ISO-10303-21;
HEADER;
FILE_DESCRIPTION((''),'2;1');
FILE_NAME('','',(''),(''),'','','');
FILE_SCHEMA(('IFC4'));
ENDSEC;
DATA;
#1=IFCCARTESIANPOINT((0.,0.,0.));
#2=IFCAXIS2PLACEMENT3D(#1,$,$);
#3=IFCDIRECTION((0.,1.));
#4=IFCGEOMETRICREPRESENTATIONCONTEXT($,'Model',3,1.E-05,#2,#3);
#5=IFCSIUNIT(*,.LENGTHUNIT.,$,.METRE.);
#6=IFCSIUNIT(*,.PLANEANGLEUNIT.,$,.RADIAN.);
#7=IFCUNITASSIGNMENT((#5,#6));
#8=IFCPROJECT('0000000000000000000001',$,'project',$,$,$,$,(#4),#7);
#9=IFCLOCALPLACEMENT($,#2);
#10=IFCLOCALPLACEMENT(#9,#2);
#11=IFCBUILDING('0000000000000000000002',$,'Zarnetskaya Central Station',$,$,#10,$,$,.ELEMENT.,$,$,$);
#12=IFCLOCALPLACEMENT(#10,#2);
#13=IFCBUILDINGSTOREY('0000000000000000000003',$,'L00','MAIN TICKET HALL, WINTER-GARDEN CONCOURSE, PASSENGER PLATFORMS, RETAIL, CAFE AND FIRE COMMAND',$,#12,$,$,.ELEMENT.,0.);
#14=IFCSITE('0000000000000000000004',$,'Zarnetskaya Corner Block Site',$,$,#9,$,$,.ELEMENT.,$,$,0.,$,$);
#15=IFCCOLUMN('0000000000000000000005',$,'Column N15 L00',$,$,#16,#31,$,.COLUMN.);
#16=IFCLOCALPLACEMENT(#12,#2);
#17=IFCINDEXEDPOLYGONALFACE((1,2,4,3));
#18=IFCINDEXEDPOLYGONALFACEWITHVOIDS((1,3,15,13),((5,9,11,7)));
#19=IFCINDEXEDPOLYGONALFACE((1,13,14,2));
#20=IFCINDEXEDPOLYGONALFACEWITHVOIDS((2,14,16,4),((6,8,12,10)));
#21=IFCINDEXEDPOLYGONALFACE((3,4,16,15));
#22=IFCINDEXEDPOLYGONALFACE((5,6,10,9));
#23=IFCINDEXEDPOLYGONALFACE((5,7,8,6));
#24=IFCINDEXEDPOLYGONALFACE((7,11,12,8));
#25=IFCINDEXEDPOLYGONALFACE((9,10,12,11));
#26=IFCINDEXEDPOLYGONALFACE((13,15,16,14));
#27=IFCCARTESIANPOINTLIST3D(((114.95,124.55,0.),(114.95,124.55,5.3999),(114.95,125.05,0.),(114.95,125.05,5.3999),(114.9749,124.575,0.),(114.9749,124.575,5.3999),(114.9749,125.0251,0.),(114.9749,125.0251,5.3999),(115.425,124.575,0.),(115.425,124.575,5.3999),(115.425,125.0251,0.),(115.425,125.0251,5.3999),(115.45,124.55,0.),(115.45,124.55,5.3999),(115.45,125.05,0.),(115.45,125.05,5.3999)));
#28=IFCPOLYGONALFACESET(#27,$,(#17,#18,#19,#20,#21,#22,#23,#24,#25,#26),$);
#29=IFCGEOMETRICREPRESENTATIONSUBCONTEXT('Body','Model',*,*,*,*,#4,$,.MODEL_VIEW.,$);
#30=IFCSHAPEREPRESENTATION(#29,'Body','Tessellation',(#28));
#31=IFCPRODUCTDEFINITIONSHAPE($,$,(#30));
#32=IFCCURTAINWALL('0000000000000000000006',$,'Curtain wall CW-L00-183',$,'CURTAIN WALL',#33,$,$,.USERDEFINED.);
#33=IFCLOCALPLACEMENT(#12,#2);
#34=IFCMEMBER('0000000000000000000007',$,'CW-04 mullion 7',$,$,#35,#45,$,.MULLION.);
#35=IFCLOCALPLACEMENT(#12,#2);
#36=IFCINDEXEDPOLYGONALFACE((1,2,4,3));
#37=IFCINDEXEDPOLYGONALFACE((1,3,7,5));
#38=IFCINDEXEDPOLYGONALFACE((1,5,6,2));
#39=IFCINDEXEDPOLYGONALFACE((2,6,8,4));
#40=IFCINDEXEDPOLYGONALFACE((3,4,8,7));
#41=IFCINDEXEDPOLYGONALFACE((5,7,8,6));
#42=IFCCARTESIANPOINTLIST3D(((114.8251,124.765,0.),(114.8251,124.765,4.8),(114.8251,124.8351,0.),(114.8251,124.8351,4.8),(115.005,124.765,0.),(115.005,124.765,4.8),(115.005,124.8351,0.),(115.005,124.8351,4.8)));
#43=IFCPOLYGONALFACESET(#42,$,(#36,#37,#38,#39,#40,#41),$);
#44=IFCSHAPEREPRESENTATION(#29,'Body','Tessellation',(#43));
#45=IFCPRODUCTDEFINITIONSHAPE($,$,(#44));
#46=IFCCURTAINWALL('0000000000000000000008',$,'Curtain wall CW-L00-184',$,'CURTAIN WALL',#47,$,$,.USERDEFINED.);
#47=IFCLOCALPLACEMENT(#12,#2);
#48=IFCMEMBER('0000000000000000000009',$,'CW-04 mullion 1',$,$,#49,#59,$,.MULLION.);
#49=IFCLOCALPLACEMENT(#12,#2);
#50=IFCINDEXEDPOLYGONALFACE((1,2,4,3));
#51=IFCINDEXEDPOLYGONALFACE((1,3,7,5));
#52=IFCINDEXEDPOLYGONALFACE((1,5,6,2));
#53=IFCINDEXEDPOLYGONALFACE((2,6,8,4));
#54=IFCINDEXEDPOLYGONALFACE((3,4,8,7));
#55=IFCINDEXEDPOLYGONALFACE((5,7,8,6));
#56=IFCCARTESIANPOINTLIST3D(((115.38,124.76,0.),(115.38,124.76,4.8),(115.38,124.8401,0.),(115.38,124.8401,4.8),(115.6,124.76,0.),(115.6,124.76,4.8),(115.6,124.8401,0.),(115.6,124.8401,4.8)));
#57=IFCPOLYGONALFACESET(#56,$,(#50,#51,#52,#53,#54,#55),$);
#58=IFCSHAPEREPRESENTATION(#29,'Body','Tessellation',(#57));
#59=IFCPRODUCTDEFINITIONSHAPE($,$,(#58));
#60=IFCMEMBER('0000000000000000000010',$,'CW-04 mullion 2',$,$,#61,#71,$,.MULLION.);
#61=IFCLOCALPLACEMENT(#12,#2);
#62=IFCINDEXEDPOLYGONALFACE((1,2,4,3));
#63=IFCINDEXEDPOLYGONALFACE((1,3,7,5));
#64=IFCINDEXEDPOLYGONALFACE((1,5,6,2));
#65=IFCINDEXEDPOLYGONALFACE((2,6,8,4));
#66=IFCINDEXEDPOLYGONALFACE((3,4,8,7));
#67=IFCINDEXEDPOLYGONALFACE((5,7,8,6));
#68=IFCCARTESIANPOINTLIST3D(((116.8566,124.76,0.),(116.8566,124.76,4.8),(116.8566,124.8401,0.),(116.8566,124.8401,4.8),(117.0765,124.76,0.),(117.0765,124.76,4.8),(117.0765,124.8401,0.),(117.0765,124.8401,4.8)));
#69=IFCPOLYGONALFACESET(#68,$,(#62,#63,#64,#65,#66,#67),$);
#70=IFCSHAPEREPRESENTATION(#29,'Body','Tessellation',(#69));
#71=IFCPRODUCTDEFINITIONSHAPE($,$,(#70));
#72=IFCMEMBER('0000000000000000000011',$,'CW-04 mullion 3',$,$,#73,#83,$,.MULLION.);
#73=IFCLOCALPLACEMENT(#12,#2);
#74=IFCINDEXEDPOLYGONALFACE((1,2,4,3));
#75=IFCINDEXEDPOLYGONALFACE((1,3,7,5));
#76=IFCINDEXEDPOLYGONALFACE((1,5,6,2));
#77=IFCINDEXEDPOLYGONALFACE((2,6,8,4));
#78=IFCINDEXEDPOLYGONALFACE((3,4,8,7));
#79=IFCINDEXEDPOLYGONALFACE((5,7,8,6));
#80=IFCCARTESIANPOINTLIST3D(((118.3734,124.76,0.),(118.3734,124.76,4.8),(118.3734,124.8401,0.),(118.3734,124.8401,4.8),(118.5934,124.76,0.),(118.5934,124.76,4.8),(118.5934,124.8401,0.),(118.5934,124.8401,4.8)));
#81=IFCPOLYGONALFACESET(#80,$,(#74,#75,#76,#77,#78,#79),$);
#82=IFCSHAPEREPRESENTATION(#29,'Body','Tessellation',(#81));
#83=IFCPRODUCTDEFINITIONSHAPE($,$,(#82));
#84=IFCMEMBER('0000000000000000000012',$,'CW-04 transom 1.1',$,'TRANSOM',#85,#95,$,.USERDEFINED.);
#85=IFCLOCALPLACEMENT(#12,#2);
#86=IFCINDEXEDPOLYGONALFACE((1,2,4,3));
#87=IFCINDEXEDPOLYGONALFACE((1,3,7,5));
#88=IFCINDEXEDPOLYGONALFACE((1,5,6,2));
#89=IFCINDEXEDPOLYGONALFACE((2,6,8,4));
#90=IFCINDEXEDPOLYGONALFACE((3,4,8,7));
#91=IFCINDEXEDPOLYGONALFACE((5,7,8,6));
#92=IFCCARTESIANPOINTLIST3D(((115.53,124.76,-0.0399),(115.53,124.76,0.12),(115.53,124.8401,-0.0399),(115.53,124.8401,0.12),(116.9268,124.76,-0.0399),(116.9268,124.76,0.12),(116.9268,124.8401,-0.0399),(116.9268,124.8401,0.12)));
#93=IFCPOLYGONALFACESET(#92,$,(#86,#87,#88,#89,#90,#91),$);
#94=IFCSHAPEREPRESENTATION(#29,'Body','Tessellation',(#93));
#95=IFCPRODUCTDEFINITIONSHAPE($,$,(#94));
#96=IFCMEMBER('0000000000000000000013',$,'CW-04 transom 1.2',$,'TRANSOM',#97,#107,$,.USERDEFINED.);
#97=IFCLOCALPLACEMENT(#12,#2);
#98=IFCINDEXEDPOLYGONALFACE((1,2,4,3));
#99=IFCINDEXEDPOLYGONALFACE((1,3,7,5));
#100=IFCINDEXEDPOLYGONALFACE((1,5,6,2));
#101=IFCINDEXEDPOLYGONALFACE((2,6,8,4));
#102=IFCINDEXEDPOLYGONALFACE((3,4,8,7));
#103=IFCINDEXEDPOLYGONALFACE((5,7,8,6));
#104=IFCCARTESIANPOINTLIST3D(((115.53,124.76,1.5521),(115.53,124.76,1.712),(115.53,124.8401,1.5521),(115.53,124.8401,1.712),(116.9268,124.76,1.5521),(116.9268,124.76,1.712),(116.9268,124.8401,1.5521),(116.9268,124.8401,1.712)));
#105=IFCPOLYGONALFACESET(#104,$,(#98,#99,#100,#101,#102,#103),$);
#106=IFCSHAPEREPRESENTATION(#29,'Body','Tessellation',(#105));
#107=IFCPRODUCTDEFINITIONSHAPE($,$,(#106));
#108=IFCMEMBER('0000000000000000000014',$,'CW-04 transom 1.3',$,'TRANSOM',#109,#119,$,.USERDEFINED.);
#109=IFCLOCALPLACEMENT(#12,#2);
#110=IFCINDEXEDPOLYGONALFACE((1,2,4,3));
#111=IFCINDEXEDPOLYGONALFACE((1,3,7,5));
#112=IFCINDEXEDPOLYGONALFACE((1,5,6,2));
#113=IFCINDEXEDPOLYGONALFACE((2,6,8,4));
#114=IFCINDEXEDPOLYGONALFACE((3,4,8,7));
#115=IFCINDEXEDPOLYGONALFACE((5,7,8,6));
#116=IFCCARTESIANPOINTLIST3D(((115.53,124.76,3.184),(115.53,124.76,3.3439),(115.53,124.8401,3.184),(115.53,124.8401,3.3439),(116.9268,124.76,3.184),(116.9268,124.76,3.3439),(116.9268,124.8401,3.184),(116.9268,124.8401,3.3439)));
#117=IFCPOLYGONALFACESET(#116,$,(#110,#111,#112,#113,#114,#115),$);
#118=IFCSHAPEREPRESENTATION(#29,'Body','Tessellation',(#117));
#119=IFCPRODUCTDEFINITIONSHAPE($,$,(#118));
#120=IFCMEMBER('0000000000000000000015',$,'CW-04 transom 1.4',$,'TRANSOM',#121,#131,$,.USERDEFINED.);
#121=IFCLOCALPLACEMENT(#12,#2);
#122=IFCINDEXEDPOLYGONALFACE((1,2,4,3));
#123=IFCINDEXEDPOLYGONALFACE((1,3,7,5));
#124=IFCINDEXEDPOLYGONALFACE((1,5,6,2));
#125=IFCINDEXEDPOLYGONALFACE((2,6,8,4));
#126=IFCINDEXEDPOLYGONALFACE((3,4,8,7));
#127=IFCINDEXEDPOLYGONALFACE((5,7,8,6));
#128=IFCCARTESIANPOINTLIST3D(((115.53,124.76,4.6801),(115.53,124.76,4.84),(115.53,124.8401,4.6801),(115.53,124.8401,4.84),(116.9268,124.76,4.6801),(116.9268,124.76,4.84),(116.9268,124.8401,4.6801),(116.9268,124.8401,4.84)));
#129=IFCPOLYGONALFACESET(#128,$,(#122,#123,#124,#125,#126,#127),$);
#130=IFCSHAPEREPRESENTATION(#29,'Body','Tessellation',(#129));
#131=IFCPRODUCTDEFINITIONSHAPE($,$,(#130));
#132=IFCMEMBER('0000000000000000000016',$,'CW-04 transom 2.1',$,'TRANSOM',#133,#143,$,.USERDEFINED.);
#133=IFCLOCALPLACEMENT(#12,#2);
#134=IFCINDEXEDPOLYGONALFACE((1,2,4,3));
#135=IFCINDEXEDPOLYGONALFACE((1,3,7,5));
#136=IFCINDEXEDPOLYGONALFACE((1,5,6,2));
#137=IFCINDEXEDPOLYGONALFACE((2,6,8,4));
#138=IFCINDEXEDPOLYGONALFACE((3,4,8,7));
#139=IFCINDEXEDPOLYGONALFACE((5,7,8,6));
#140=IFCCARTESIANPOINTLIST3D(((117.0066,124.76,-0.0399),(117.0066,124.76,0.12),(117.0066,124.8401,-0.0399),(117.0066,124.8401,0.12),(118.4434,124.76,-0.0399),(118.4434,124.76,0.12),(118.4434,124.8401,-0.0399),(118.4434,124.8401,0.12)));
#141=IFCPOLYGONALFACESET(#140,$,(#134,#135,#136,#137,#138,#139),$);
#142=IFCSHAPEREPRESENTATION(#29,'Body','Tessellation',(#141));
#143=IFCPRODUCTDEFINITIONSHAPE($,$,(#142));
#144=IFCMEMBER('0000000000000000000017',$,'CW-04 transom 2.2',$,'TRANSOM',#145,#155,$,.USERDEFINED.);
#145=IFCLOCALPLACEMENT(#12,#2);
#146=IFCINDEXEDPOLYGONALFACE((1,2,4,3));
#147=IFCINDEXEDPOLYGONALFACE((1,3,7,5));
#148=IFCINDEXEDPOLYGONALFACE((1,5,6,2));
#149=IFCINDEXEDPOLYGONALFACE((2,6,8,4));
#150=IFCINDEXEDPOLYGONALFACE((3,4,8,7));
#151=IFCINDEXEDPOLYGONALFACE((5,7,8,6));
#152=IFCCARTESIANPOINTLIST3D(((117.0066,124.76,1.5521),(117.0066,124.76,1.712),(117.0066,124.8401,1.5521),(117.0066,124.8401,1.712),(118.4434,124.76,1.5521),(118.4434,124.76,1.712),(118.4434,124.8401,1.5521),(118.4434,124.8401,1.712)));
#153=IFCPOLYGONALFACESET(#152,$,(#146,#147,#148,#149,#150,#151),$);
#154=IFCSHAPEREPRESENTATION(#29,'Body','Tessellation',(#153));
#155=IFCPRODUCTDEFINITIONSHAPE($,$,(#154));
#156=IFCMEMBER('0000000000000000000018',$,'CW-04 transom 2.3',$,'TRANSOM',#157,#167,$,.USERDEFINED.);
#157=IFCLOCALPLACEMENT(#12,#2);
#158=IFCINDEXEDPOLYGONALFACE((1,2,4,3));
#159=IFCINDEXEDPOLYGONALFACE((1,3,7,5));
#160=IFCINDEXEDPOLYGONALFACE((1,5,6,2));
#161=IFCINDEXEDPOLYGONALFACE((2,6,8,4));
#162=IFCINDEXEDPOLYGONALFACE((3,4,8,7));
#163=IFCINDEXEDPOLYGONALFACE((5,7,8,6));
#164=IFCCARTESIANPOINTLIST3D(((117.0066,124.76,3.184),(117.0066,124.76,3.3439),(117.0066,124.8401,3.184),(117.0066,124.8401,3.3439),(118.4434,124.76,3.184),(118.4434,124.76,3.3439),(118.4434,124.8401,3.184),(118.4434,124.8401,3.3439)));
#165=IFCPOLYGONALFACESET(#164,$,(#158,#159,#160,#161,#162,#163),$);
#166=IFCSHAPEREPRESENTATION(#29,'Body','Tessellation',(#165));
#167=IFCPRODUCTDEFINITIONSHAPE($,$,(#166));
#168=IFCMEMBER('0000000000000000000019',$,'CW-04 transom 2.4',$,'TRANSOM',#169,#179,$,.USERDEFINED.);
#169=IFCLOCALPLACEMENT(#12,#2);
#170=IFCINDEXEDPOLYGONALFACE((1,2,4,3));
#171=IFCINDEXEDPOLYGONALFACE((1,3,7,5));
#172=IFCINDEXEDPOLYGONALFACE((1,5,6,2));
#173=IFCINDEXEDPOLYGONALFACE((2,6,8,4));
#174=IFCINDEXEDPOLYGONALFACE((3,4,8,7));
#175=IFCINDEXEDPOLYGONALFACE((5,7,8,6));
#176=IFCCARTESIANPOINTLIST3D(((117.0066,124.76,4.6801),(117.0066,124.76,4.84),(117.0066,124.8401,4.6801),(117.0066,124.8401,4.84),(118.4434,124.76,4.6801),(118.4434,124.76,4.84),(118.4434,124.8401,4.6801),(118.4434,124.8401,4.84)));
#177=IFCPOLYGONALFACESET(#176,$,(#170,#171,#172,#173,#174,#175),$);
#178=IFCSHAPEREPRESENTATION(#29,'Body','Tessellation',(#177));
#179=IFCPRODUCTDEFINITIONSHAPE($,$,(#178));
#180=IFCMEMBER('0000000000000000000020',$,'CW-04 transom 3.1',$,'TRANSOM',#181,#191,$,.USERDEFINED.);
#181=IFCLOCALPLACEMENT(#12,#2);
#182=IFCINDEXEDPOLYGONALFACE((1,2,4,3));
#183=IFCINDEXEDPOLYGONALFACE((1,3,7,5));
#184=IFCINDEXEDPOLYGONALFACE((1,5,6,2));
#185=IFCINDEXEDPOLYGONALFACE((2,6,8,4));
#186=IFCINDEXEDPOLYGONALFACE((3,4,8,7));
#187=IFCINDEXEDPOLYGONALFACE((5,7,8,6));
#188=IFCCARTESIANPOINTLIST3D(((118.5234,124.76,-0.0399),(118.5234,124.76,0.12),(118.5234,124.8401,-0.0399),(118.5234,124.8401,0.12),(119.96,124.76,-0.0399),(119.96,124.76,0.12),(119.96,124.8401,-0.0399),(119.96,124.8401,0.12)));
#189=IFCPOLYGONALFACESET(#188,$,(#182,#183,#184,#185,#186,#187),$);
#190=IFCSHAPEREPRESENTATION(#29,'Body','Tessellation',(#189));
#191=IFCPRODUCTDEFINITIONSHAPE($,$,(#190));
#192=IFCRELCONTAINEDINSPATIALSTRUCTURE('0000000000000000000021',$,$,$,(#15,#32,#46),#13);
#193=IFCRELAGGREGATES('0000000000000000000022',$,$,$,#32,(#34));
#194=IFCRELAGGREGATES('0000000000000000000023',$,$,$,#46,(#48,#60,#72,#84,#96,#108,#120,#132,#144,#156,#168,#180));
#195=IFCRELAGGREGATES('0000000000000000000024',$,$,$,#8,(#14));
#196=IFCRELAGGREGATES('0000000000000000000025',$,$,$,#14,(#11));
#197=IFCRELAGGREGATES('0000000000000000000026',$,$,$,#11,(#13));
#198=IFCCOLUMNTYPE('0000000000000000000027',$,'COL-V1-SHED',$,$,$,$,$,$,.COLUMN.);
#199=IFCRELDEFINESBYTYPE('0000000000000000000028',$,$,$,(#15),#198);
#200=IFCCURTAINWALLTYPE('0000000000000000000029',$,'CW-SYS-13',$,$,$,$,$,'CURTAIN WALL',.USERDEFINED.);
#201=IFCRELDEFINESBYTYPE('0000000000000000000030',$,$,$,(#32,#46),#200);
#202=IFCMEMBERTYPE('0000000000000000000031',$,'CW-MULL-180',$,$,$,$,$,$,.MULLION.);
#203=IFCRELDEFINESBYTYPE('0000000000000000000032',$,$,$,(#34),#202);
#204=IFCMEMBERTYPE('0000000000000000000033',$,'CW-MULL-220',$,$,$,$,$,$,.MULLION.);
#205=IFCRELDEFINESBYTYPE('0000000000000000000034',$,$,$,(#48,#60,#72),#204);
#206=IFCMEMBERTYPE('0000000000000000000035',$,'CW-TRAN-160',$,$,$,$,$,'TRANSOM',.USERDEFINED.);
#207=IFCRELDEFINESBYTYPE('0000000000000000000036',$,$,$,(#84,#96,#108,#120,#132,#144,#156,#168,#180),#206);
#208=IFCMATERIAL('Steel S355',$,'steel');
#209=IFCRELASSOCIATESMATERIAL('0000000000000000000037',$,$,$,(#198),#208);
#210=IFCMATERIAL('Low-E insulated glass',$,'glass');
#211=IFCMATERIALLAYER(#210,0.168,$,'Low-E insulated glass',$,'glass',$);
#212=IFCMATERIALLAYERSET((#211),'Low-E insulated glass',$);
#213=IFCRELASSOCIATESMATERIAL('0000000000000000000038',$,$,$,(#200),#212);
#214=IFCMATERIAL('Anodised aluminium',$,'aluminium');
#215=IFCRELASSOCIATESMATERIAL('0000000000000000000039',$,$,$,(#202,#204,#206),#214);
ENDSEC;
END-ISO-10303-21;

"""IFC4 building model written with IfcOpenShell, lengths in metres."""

from ifc_helpers import new_model, si_unit, direction, frame, origin, origin_2d, place, context, subcontext, project, spatial, rectangle, hollow_rectangle, extrude, material, layer, layer_set, material_profile, profile_set, type_object, element, aggregate, save


model = new_model("IFC4")

# Units and contexts
model_context = context("Model", 3, precision=1e-05, world=origin(), true_north=direction((0.0, 1.0)))
body_context = subcontext(model_context, "Body", "Model", "MODEL_VIEW")
ifc_project = project(units=[si_unit("LENGTHUNIT", "METRE"), si_unit("PLANEANGLEUNIT", "RADIAN")], contexts=[model_context])

# Site, building, storey
site_placement = place(None, origin())
site = spatial("IfcSite", under=ifc_project, at=site_placement, Name="Zarnetskaya Corner Block Site", CompositionType="ELEMENT", RefElevation=0.0)
building_placement = place(site_placement, origin())
building = spatial("IfcBuilding", under=site, at=building_placement, Name="Zarnetskaya Central Station", CompositionType="ELEMENT")
storey_placement = place(building_placement, origin())
storey = spatial("IfcBuildingStorey", under=building, at=storey_placement, Name="L00", Description="MAIN TICKET HALL, WINTER-GARDEN CONCOURSE, PASSENGER PLATFORMS, RETAIL, CAFE AND FIRE COMMAND", CompositionType="ELEMENT", Elevation=0.0)

# Column
ifc_material_1 = material(Name="Steel S355", Category="steel")
ifc_material_profile_1 = material_profile(ifc_material_1, hollow_rectangle(XDim=0.5, YDim=0.5, WallThickness=0.0249, at=origin_2d()), Name="BOX 500x500x25")
ifc_profile_set_1 = profile_set([ifc_material_profile_1], Name="Steel S355")
column_type = type_object("IfcColumnType", Name="COL-V1-SHED", PredefinedType="COLUMN", material=ifc_profile_set_1)
column_placement = place(storey_placement, frame((115.2, 124.8, 0.0), z_axis=(0.0, 0.0, 1.0), x_axis=(1.0, 0.0, 0.0)))
element("IfcColumn", 1, at=column_placement, inside=storey, type_object=column_type, Name="Column N15 L00", PredefinedType="COLUMN", context=body_context, shape_type="SweptSolid", body=[
    extrude(hollow_rectangle(XDim=0.5, YDim=0.5, WallThickness=0.0249, at=origin_2d()), origin(), (0.0, 0.0, 1.0), 5.3999),
])

# Curtain wall, member
ifc_material_2 = material(Name="Low-E insulated glass", Category="glass")
ifc_layer_1 = layer(ifc_material_2, 0.168, Name="Low-E insulated glass", Category="glass")
ifc_layer_set_1 = layer_set([ifc_layer_1], Name="Low-E insulated glass")
curtain_wall_type = type_object("IfcCurtainWallType", Name="CW-SYS-13", ElementType="CURTAIN WALL", PredefinedType="USERDEFINED", material=ifc_layer_set_1)
curtain_wall_1_placement = place(storey_placement, origin())
curtain_wall_1 = element("IfcCurtainWall", 2, at=curtain_wall_1_placement, inside=storey, type_object=curtain_wall_type, Name="Curtain wall CW-L00-183", ObjectType="CURTAIN WALL", PredefinedType="USERDEFINED")
ifc_material_3 = material(Name="Anodised aluminium", Category="aluminium")
ifc_material_profile_2 = material_profile(ifc_material_3, rectangle(XDim=0.0701, YDim=0.1799, at=origin_2d()), Name="ALU MULL 70x180")
ifc_profile_set_2 = profile_set([ifc_material_profile_2], Name="Anodised aluminium")
member_type_1 = type_object("IfcMemberType", Name="CW-MULL-180", PredefinedType="MULLION", material=ifc_profile_set_2)
member_1_placement = place(storey_placement, frame((114.915, 124.8, 0.0), z_axis=(0.0, 0.0, 1.0), x_axis=(0.0, 1.0, 0.0)))
member_1 = element("IfcMember", 3, at=member_1_placement, type_object=member_type_1, Name="CW-04 mullion 7", PredefinedType="MULLION", context=body_context, shape_type="SweptSolid", body=[
    extrude(rectangle(XDim=0.0701, YDim=0.1799, at=origin_2d()), origin(), (0.0, 0.0, 1.0), 4.8),
])

# Curtain wall, members
curtain_wall_2_placement = place(storey_placement, origin())
curtain_wall_2 = element("IfcCurtainWall", 4, at=curtain_wall_2_placement, inside=storey, type_object=curtain_wall_type, Name="Curtain wall CW-L00-184", ObjectType="CURTAIN WALL", PredefinedType="USERDEFINED")
ifc_material_profile_3 = material_profile(ifc_material_3, rectangle(XDim=0.0801, YDim=0.22, at=origin_2d()), Name="ALU MULL 80x220")
ifc_profile_set_3 = profile_set([ifc_material_profile_3], Name="Anodised aluminium")
member_type_2 = type_object("IfcMemberType", Name="CW-MULL-220", PredefinedType="MULLION", material=ifc_profile_set_3)
member_2_placement = place(storey_placement, frame((115.49, 124.8, 0.0), z_axis=(0.0, 0.0, 1.0), x_axis=(0.0, 1.0, 0.0)))
member_2 = element("IfcMember", 5, at=member_2_placement, type_object=member_type_2, Name="CW-04 mullion 1", PredefinedType="MULLION", context=body_context, shape_type="SweptSolid", body=[
    extrude(rectangle(XDim=0.0801, YDim=0.22, at=origin_2d()), origin(), (0.0, 0.0, 1.0), 4.8),
])
member_3_placement = place(storey_placement, frame((116.9666, 124.8, 0.0), z_axis=(0.0, 0.0, 1.0), x_axis=(0.0, 1.0, 0.0)))
member_3 = element("IfcMember", 6, at=member_3_placement, type_object=member_type_2, Name="CW-04 mullion 2", PredefinedType="MULLION", context=body_context, shape_type="SweptSolid", body=[
    extrude(rectangle(XDim=0.0801, YDim=0.22, at=origin_2d()), origin(), (0.0, 0.0, 1.0), 4.8),
])
member_4_placement = place(storey_placement, frame((118.4834, 124.8, 0.0), z_axis=(0.0, 0.0, 1.0), x_axis=(0.0, 1.0, 0.0)))
member_4 = element("IfcMember", 7, at=member_4_placement, type_object=member_type_2, Name="CW-04 mullion 3", PredefinedType="MULLION", context=body_context, shape_type="SweptSolid", body=[
    extrude(rectangle(XDim=0.0801, YDim=0.22, at=origin_2d()), origin(), (0.0, 0.0, 1.0), 4.8),
])
ifc_material_profile_4 = material_profile(ifc_material_3, rectangle(XDim=0.0801, YDim=0.1599, at=origin_2d()), Name="ALU TRAN 80x160")
ifc_profile_set_4 = profile_set([ifc_material_profile_4], Name="Anodised aluminium")
member_type_3 = type_object("IfcMemberType", Name="CW-TRAN-160", ElementType="TRANSOM", PredefinedType="USERDEFINED", material=ifc_profile_set_4)
member_5_placement = place(storey_placement, frame((115.53, 124.8, 0.04), z_axis=(1.0, 0.0, 0.0), x_axis=(0.0, 1.0, 0.0)))
member_5 = element("IfcMember", 8, at=member_5_placement, type_object=member_type_3, Name="CW-04 transom 1.1", ObjectType="TRANSOM", PredefinedType="USERDEFINED", context=body_context, shape_type="SweptSolid", body=[
    extrude(rectangle(XDim=0.0801, YDim=0.1599, at=origin_2d()), origin(), (0.0, 0.0, 1.0), 1.3967),
])
member_6_placement = place(storey_placement, frame((115.53, 124.8, 1.6321), z_axis=(1.0, 0.0, 0.0), x_axis=(0.0, 1.0, 0.0)))
member_6 = element("IfcMember", 9, at=member_6_placement, type_object=member_type_3, Name="CW-04 transom 1.2", ObjectType="TRANSOM", PredefinedType="USERDEFINED", context=body_context, shape_type="SweptSolid", body=[
    extrude(rectangle(XDim=0.0801, YDim=0.1599, at=origin_2d()), origin(), (0.0, 0.0, 1.0), 1.3967),
])
member_7_placement = place(storey_placement, frame((115.53, 124.8, 3.2639), z_axis=(1.0, 0.0, 0.0), x_axis=(0.0, 1.0, 0.0)))
member_7 = element("IfcMember", 10, at=member_7_placement, type_object=member_type_3, Name="CW-04 transom 1.3", ObjectType="TRANSOM", PredefinedType="USERDEFINED", context=body_context, shape_type="SweptSolid", body=[
    extrude(rectangle(XDim=0.0801, YDim=0.1599, at=origin_2d()), origin(), (0.0, 0.0, 1.0), 1.3967),
])
member_8_placement = place(storey_placement, frame((115.53, 124.8, 4.76), z_axis=(1.0, 0.0, 0.0), x_axis=(0.0, 1.0, 0.0)))
member_8 = element("IfcMember", 11, at=member_8_placement, type_object=member_type_3, Name="CW-04 transom 1.4", ObjectType="TRANSOM", PredefinedType="USERDEFINED", context=body_context, shape_type="SweptSolid", body=[
    extrude(rectangle(XDim=0.0801, YDim=0.1599, at=origin_2d()), origin(), (0.0, 0.0, 1.0), 1.3967),
])
member_9_placement = place(storey_placement, frame((117.0066, 124.8, 0.04), z_axis=(1.0, 0.0, 0.0), x_axis=(0.0, 1.0, 0.0)))
member_9 = element("IfcMember", 12, at=member_9_placement, type_object=member_type_3, Name="CW-04 transom 2.1", ObjectType="TRANSOM", PredefinedType="USERDEFINED", context=body_context, shape_type="SweptSolid", body=[
    extrude(rectangle(XDim=0.0801, YDim=0.1599, at=origin_2d()), origin(), (0.0, 0.0, 1.0), 1.4368),
])
member_10_placement = place(storey_placement, frame((117.0066, 124.8, 1.6321), z_axis=(1.0, 0.0, 0.0), x_axis=(0.0, 1.0, 0.0)))
member_10 = element("IfcMember", 13, at=member_10_placement, type_object=member_type_3, Name="CW-04 transom 2.2", ObjectType="TRANSOM", PredefinedType="USERDEFINED", context=body_context, shape_type="SweptSolid", body=[
    extrude(rectangle(XDim=0.0801, YDim=0.1599, at=origin_2d()), origin(), (0.0, 0.0, 1.0), 1.4368),
])
member_11_placement = place(storey_placement, frame((117.0066, 124.8, 3.2639), z_axis=(1.0, 0.0, 0.0), x_axis=(0.0, 1.0, 0.0)))
member_11 = element("IfcMember", 14, at=member_11_placement, type_object=member_type_3, Name="CW-04 transom 2.3", ObjectType="TRANSOM", PredefinedType="USERDEFINED", context=body_context, shape_type="SweptSolid", body=[
    extrude(rectangle(XDim=0.0801, YDim=0.1599, at=origin_2d()), origin(), (0.0, 0.0, 1.0), 1.4368),
])
member_12_placement = place(storey_placement, frame((117.0066, 124.8, 4.76), z_axis=(1.0, 0.0, 0.0), x_axis=(0.0, 1.0, 0.0)))
member_12 = element("IfcMember", 15, at=member_12_placement, type_object=member_type_3, Name="CW-04 transom 2.4", ObjectType="TRANSOM", PredefinedType="USERDEFINED", context=body_context, shape_type="SweptSolid", body=[
    extrude(rectangle(XDim=0.0801, YDim=0.1599, at=origin_2d()), origin(), (0.0, 0.0, 1.0), 1.4368),
])
member_13_placement = place(storey_placement, frame((118.5234, 124.8, 0.04), z_axis=(1.0, 0.0, 0.0), x_axis=(0.0, 1.0, 0.0)))
member_13 = element("IfcMember", 16, at=member_13_placement, type_object=member_type_3, Name="CW-04 transom 3.1", ObjectType="TRANSOM", PredefinedType="USERDEFINED", context=body_context, shape_type="SweptSolid", body=[
    extrude(rectangle(XDim=0.0801, YDim=0.1599, at=origin_2d()), origin(), (0.0, 0.0, 1.0), 1.4365),
])

aggregate(curtain_wall_1, [member_1])
aggregate(curtain_wall_2, [member_2, member_3, member_4, member_5, member_6, member_7, member_8, member_9, member_10, member_11, member_12, member_13])

save(model, "model.ifc")
